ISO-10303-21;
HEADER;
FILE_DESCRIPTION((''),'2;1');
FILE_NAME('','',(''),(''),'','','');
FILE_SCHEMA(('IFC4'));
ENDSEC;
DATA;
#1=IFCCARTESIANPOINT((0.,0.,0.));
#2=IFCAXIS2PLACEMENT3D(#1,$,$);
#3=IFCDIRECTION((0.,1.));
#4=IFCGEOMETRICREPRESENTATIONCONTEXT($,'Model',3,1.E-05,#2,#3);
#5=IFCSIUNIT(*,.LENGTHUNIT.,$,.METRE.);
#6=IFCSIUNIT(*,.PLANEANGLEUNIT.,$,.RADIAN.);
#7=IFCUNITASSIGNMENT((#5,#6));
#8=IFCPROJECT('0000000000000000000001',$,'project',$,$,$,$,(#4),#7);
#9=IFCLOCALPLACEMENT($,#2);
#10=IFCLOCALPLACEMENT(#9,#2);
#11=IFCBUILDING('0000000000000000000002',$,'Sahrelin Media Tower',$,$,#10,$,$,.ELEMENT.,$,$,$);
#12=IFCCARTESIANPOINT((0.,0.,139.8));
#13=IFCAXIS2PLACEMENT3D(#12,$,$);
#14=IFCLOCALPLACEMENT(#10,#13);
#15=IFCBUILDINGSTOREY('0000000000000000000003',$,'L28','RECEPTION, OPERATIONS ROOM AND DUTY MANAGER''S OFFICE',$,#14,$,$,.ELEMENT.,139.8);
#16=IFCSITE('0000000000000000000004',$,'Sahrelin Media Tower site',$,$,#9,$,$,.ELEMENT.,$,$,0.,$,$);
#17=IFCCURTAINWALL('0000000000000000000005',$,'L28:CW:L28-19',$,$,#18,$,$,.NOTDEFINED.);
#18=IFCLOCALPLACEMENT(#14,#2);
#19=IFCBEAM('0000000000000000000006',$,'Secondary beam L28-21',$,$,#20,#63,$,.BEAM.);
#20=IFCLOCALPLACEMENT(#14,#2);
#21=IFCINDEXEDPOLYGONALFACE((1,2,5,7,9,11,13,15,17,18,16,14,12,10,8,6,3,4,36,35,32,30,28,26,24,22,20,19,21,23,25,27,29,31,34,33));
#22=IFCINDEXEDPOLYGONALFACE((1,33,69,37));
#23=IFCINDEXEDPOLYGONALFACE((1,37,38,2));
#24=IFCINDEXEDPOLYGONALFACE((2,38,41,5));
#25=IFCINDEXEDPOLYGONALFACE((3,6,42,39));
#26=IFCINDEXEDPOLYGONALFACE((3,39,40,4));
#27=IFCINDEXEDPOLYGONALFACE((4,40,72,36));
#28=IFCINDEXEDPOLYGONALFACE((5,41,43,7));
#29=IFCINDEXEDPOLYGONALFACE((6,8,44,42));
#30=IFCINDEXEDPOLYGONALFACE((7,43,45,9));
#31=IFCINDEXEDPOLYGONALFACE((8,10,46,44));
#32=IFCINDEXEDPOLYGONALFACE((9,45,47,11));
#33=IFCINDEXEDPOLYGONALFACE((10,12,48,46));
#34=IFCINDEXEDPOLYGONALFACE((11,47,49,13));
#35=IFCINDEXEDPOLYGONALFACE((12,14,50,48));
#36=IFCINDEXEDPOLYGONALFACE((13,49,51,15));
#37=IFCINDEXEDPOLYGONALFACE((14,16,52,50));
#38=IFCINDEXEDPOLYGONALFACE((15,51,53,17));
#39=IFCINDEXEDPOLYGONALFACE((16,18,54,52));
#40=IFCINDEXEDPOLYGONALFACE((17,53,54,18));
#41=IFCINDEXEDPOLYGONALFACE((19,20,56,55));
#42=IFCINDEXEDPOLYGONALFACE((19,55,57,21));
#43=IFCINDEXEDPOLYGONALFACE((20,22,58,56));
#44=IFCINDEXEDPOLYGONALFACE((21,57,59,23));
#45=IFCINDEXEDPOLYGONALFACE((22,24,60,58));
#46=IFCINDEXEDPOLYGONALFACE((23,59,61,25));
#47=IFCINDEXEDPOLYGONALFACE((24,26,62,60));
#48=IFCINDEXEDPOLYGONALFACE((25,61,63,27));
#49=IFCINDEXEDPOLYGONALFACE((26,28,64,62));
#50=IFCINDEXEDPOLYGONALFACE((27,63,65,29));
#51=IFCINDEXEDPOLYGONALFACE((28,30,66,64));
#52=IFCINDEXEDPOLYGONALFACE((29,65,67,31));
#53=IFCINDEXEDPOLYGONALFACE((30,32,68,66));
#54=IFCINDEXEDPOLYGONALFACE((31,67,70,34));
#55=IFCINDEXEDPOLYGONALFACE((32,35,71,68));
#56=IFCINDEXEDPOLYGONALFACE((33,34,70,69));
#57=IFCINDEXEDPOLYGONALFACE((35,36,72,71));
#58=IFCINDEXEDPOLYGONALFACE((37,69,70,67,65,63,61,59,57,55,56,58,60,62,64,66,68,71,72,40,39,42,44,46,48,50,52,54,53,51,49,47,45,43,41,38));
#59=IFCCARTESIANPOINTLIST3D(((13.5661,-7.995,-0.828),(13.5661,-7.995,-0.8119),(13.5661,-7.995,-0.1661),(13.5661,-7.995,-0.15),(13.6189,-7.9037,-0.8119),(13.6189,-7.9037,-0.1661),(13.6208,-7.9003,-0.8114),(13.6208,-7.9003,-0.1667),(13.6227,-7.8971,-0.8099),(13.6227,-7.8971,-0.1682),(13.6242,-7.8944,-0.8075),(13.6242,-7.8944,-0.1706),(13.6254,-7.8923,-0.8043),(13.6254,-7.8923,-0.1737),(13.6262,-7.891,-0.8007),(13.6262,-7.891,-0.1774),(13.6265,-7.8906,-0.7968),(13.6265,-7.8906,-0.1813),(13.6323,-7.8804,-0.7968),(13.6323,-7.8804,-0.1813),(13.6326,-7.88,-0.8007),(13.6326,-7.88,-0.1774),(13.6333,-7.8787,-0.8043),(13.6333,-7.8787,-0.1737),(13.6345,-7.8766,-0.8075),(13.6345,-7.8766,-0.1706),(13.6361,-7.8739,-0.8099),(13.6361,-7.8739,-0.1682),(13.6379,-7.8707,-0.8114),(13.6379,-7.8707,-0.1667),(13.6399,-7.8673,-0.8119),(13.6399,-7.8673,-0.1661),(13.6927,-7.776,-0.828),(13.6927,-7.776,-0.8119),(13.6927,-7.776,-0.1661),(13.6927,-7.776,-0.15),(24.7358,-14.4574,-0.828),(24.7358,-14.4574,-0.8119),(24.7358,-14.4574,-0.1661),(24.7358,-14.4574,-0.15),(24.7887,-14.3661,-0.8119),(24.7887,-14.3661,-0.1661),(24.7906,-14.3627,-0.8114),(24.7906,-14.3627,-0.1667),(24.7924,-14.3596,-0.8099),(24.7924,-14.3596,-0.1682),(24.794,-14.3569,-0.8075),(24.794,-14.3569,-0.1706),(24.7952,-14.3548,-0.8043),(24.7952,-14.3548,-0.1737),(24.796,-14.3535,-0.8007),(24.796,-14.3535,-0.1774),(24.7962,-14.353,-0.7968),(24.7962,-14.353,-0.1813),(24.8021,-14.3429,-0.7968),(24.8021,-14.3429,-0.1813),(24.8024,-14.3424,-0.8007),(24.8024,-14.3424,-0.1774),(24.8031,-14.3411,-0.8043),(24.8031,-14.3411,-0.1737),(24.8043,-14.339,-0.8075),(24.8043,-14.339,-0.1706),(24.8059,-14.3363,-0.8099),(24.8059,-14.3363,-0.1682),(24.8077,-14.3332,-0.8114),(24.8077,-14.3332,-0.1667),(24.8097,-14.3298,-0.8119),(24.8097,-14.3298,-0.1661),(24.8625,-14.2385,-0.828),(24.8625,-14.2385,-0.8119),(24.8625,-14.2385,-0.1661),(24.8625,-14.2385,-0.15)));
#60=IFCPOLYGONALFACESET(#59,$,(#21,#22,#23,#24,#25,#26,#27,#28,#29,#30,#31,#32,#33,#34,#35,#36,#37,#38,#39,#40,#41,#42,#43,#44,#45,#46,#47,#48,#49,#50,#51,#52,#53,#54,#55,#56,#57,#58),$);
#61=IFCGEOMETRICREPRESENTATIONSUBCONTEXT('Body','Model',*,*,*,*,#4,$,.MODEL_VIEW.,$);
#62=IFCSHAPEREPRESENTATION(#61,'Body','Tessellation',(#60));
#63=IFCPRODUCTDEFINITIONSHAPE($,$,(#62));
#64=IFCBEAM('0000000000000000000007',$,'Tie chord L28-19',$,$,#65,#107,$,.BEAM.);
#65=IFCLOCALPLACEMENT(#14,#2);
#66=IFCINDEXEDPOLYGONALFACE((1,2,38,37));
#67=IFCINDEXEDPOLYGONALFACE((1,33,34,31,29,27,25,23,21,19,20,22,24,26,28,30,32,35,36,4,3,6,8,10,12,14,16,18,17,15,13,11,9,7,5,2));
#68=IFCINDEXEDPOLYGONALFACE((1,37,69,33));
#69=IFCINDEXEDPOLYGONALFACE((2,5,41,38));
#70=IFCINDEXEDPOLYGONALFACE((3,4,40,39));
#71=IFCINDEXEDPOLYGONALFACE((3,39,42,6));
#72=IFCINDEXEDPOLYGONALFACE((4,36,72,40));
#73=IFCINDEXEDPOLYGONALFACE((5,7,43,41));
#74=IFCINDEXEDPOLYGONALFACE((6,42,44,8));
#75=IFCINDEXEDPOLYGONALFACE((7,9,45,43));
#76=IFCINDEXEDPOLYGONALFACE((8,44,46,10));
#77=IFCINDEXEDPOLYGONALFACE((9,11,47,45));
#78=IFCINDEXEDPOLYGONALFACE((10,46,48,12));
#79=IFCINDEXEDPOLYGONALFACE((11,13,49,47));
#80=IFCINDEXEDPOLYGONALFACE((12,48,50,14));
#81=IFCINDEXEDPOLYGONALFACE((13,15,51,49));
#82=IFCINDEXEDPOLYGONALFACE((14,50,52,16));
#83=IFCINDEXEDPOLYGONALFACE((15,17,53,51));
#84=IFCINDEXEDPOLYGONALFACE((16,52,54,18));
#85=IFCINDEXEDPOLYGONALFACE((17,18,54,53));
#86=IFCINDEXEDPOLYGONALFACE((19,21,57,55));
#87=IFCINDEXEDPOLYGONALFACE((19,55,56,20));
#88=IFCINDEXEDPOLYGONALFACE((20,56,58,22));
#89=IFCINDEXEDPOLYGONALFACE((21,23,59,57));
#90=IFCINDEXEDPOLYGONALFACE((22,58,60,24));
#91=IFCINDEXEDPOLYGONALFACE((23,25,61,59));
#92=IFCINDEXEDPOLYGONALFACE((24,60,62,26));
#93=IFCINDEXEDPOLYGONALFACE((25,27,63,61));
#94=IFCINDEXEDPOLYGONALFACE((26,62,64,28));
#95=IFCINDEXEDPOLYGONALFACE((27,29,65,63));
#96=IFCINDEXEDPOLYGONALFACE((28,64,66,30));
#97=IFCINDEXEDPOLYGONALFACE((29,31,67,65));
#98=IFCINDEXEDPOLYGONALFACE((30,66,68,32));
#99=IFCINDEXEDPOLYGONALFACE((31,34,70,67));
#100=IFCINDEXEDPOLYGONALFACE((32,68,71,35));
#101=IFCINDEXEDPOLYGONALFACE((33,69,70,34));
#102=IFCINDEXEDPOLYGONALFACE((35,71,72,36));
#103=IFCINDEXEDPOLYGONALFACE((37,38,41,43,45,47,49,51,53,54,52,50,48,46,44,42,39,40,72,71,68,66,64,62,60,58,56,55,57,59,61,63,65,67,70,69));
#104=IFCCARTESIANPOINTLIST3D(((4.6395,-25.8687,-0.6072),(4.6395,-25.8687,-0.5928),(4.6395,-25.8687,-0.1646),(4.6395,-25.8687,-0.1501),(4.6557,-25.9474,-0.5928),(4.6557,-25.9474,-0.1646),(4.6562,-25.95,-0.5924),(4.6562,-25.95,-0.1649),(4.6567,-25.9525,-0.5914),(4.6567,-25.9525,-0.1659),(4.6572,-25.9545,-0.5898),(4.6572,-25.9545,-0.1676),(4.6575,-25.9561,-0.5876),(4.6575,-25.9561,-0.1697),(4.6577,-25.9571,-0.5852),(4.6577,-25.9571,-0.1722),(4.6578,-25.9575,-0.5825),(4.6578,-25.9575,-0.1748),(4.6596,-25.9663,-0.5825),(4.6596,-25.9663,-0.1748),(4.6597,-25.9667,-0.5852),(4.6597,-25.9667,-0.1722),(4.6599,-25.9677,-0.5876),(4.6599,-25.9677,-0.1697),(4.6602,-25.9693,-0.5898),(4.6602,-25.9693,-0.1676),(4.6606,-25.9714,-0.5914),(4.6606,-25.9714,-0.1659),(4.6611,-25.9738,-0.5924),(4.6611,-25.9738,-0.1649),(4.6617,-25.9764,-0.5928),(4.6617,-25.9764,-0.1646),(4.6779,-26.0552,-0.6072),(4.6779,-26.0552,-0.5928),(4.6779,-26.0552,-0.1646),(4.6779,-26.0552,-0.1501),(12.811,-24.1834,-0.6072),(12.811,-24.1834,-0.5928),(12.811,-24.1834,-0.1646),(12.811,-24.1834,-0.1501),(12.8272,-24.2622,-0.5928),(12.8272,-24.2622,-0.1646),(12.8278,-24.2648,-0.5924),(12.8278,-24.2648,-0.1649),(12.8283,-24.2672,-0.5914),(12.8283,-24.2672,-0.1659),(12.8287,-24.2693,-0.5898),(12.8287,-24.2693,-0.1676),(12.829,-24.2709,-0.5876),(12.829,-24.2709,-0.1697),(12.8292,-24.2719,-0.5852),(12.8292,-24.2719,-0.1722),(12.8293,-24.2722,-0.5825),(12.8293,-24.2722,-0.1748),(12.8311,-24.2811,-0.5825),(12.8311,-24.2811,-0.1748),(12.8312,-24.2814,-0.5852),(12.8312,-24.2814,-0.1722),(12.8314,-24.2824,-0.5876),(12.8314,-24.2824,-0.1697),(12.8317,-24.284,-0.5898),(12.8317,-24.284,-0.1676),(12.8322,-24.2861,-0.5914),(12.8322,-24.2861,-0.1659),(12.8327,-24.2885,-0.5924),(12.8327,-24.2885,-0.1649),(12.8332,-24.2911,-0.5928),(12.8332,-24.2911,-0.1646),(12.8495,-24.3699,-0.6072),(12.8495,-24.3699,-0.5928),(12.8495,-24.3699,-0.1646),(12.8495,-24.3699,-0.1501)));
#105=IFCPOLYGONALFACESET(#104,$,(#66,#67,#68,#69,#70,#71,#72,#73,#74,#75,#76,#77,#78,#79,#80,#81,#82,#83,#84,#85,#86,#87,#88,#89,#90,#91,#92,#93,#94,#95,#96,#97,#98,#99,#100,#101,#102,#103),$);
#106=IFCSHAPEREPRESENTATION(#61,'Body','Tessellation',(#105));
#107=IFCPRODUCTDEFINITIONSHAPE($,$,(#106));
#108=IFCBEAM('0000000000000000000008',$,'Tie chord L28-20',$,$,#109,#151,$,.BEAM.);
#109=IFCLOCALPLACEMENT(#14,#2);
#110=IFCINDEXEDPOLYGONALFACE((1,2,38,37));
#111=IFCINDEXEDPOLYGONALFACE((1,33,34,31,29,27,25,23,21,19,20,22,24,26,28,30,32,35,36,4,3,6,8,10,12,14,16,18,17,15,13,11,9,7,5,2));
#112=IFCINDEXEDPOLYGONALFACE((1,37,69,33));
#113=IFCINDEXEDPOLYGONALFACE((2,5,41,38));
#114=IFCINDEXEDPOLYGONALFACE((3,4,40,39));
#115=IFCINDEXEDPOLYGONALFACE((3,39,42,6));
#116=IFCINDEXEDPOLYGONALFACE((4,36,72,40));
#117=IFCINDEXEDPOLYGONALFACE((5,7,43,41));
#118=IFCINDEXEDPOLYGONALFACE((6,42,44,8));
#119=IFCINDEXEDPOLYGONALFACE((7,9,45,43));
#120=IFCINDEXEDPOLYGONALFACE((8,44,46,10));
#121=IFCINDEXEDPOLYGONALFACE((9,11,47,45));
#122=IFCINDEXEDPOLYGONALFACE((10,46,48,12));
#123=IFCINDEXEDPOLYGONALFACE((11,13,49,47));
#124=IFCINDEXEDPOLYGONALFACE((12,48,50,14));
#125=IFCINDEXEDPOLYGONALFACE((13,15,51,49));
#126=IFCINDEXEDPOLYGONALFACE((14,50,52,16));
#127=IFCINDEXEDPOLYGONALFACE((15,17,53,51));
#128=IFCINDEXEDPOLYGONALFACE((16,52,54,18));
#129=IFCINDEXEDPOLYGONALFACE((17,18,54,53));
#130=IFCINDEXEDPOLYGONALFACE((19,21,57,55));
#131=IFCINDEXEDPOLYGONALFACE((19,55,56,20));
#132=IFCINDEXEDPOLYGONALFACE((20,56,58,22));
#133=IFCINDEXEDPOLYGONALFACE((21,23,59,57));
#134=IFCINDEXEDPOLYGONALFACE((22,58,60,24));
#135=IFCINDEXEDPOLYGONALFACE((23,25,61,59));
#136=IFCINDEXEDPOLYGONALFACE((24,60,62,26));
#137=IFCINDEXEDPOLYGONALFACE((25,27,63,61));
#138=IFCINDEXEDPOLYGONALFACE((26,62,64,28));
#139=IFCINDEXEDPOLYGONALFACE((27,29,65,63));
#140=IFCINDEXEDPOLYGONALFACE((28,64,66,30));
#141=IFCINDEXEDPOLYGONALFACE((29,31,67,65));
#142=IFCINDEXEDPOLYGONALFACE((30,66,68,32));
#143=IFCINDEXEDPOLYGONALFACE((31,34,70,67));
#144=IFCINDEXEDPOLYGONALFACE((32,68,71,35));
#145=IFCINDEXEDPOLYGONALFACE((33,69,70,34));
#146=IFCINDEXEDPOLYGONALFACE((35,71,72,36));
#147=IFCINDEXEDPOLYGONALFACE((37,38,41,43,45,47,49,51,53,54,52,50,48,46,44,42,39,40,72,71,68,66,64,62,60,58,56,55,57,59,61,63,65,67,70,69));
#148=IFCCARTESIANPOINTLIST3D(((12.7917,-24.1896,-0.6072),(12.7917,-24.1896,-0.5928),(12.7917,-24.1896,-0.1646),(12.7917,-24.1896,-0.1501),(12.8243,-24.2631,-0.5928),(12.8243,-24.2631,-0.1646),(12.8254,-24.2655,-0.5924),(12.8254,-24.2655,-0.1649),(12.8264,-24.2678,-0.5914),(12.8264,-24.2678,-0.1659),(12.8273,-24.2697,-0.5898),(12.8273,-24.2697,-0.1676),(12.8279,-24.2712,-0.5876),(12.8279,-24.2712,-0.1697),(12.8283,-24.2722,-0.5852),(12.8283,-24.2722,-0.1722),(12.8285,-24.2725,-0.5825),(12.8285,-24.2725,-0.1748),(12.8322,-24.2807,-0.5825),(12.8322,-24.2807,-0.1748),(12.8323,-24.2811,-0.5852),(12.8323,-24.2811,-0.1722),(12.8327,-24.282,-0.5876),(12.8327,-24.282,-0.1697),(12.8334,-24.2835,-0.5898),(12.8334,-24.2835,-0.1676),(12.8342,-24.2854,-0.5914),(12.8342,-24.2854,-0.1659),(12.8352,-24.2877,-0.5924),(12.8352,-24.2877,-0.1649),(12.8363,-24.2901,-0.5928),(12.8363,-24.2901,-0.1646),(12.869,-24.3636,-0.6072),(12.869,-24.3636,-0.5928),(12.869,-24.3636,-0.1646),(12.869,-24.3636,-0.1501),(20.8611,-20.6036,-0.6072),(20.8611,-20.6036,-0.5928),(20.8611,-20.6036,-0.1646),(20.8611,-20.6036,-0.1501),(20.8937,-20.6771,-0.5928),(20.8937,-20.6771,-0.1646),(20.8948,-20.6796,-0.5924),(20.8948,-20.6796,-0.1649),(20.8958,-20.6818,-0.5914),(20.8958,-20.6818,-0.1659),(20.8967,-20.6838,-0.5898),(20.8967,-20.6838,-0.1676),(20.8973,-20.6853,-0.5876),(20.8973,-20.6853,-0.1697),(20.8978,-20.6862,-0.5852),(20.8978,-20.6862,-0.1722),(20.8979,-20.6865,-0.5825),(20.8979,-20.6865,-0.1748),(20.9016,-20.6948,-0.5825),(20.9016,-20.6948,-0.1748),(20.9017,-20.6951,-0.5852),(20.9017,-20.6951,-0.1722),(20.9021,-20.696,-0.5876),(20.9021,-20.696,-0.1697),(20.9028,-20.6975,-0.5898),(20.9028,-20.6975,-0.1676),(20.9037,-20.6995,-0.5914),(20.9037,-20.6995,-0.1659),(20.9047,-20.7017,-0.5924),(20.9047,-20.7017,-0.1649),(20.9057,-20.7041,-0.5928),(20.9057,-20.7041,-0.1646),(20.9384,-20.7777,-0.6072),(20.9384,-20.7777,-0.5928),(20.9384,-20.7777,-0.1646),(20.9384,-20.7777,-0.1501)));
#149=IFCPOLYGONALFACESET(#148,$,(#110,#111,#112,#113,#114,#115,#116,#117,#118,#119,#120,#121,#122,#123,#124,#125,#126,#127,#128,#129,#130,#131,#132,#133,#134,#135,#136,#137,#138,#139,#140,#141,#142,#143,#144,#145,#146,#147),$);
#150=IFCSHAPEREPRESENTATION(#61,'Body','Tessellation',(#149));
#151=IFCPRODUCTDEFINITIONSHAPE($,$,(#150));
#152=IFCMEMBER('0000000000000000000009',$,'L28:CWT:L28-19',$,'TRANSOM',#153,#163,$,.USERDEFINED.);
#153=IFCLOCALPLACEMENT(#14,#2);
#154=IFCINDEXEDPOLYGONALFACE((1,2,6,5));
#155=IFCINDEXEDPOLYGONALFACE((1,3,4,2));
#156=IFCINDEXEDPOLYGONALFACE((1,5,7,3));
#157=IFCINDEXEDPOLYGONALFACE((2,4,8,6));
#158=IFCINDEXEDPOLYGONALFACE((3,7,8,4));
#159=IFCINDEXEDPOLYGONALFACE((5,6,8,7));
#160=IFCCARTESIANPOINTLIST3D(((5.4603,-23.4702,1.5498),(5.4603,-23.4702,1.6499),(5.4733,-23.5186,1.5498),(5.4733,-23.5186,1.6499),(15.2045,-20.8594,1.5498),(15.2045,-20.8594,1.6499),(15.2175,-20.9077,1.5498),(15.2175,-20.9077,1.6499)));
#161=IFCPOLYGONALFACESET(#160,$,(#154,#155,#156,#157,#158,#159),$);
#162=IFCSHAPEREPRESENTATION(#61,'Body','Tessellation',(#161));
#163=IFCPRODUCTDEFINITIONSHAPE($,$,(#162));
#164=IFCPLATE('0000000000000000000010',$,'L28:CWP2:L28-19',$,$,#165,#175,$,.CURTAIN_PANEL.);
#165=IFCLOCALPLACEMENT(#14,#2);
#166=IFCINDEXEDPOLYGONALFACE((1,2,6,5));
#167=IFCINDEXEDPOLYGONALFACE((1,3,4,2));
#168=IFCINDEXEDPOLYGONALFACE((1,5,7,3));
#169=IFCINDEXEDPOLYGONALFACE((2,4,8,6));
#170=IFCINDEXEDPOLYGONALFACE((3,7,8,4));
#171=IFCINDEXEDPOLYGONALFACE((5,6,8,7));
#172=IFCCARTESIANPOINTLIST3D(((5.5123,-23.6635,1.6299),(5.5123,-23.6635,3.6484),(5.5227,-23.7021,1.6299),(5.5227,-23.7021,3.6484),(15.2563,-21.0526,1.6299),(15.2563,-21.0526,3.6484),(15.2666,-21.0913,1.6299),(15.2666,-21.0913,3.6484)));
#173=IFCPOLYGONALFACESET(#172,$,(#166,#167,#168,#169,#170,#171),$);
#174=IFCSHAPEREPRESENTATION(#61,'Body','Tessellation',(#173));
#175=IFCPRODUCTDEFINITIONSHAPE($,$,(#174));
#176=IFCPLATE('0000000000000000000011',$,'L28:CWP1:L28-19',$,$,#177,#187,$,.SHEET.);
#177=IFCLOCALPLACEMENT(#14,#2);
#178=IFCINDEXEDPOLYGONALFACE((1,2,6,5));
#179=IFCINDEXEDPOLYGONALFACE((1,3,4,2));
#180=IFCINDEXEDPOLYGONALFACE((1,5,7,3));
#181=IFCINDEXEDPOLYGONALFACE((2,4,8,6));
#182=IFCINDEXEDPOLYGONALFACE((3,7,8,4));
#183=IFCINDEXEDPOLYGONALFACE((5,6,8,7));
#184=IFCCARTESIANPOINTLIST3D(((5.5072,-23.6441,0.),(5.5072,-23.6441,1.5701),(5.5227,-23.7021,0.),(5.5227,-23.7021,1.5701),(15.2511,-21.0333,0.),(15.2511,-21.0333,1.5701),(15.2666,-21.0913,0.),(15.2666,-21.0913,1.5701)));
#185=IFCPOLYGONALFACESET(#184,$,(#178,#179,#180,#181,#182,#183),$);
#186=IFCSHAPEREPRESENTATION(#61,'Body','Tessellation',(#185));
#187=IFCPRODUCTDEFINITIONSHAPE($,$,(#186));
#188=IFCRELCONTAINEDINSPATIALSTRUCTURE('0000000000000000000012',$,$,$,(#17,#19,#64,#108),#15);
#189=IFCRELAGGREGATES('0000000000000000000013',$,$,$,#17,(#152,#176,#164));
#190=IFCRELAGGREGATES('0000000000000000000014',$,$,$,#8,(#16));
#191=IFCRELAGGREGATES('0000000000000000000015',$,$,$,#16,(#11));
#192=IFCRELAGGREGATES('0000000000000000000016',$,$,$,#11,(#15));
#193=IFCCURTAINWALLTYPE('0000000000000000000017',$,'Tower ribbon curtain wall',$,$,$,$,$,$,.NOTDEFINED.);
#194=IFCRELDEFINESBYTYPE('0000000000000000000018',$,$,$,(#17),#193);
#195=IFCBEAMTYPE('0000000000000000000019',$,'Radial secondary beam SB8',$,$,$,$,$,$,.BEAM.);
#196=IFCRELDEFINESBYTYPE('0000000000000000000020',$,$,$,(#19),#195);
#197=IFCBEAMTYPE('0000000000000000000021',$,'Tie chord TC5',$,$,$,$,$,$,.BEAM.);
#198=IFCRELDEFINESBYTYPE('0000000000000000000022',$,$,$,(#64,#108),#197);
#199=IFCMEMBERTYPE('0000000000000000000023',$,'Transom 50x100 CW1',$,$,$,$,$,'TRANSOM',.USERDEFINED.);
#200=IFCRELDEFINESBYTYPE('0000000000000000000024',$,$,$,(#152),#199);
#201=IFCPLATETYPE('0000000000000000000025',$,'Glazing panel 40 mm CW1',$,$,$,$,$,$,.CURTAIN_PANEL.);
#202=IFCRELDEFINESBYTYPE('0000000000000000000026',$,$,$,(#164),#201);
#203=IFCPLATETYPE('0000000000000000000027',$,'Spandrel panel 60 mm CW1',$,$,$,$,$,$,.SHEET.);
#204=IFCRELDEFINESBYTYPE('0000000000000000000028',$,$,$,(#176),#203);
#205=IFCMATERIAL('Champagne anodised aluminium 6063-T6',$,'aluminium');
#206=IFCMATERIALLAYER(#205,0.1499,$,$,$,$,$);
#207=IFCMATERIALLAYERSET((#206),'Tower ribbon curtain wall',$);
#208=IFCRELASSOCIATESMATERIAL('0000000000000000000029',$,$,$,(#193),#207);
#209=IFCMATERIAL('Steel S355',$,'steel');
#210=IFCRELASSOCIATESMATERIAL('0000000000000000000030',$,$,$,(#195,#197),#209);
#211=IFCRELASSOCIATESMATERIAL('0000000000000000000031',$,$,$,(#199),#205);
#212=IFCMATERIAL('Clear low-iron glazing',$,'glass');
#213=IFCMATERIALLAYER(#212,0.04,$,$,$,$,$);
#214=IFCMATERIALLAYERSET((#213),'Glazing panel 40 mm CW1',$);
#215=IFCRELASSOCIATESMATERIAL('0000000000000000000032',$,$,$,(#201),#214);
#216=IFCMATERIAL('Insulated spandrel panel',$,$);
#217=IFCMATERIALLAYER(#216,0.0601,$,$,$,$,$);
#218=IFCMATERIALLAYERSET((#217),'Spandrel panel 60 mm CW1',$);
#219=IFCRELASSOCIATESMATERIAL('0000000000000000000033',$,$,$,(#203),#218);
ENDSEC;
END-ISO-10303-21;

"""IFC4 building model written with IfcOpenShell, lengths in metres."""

from ifc_helpers import new_model, si_unit, direction, frame, origin, origin_2d, place, context, subcontext, project, spatial, polyline, rectangle, i_section, outline, extrude, material, layer, layer_set, material_profile, profile_set, type_object, element, aggregate, save


model = new_model("IFC4")

# Units and contexts
model_context = context("Model", 3, precision=1e-05, world=origin(), true_north=direction((0.0, 1.0)))
body_context = subcontext(model_context, "Body", "Model", "MODEL_VIEW")
ifc_project = project(units=[si_unit("LENGTHUNIT", "METRE"), si_unit("PLANEANGLEUNIT", "RADIAN")], contexts=[model_context])

# Site, building, storey
site_placement = place(None, origin())
site = spatial("IfcSite", under=ifc_project, at=site_placement, Name="Sahrelin Media Tower site", CompositionType="ELEMENT", RefElevation=0.0)
building_placement = place(site_placement, origin())
building = spatial("IfcBuilding", under=site, at=building_placement, Name="Sahrelin Media Tower", CompositionType="ELEMENT")
storey_placement = place(building_placement, frame((0.0, 0.0, 139.8)))
storey = spatial("IfcBuildingStorey", under=building, at=storey_placement, Name="L28", Description="RECEPTION, OPERATIONS ROOM AND DUTY MANAGER'S OFFICE", CompositionType="ELEMENT", Elevation=139.8)

# Shared definitions
ifc_material_1 = material(Name="Steel S355", Category="steel")

# Curtain wall
ifc_material_2 = material(Name="Champagne anodised aluminium 6063-T6", Category="aluminium")
ifc_layer_1 = layer(ifc_material_2, 0.1499)
ifc_layer_set_1 = layer_set([ifc_layer_1], Name="Tower ribbon curtain wall")
curtain_wall_type = type_object("IfcCurtainWallType", Name="Tower ribbon curtain wall", PredefinedType="NOTDEFINED", material=ifc_layer_set_1)
curtain_wall_placement = place(storey_placement, frame((10.3894, -22.3772, 0.0), z_axis=(0.0, 0.0, 1.0), x_axis=(1.0, 0.0, 0.0)))
curtain_wall = element("IfcCurtainWall", 1, at=curtain_wall_placement, inside=storey, type_object=curtain_wall_type, Name="L28:CW:L28-19", PredefinedType="NOTDEFINED")

# Beams
ifc_material_profile_1 = material_profile(ifc_material_1, i_section(OverallWidth=0.2529, OverallDepth=0.678, WebThickness=0.0117, FlangeThickness=0.0161, FilletRadius=0.0151, at=origin_2d()), Name="UB 686x254x125")
ifc_profile_set_1 = profile_set([ifc_material_profile_1], Name="Steel S355")
beam_type_1 = type_object("IfcBeamType", Name="Radial secondary beam SB8", PredefinedType="BEAM", material=ifc_profile_set_1)
beam_1_placement = place(storey_placement, frame((13.6294, -7.8855, -0.489), z_axis=(0.865569, -0.500789, 0.0), x_axis=(0.500789, 0.865569, 0.0)))
element("IfcBeam", 2, at=beam_1_placement, inside=storey, type_object=beam_type_1, Name="Secondary beam L28-21", PredefinedType="BEAM", context=body_context, shape_type="SweptSolid", body=[
    extrude(i_section(OverallWidth=0.2529, OverallDepth=0.678, WebThickness=0.0117, FlangeThickness=0.0161, FilletRadius=0.0151, at=origin_2d()), origin(), (0.0, 0.0, 1.0), 12.9045),
])
ifc_material_profile_2 = material_profile(ifc_material_1, i_section(OverallWidth=0.1904, OverallDepth=0.457, WebThickness=0.009, FlangeThickness=0.0144, FilletRadius=0.0103, at=origin_2d()), Name="UB 457x191x74")
ifc_profile_set_2 = profile_set([ifc_material_profile_2], Name="Steel S355")
beam_type_2 = type_object("IfcBeamType", Name="Tie chord TC5", PredefinedType="BEAM", material=ifc_profile_set_2)
beam_2_placement = place(storey_placement, frame((4.6587, -25.9619, -0.3787), z_axis=(0.979388, 0.201987, 0.0), x_axis=(-0.201987, 0.979388, 0.0)))
element("IfcBeam", 3, at=beam_2_placement, inside=storey, type_object=beam_type_2, Name="Tie chord L28-19", PredefinedType="BEAM", context=body_context, shape_type="SweptSolid", body=[
    extrude(i_section(OverallWidth=0.1904, OverallDepth=0.457, WebThickness=0.009, FlangeThickness=0.0144, FilletRadius=0.0103, at=origin_2d()), origin(), (0.0, 0.0, 1.0), 8.3435),
])
beam_3_placement = place(storey_placement, frame((12.8303, -24.2766, -0.3787), z_axis=(0.91383, 0.406097, 0.0), x_axis=(-0.406097, 0.91383, 0.0)))
element("IfcBeam", 4, at=beam_3_placement, inside=storey, type_object=beam_type_2, Name="Tie chord L28-20", PredefinedType="BEAM", context=body_context, shape_type="SweptSolid", body=[
    extrude(i_section(OverallWidth=0.1904, OverallDepth=0.457, WebThickness=0.009, FlangeThickness=0.0144, FilletRadius=0.0103, at=origin_2d()), origin(), (0.0, 0.0, 1.0), 8.8303),
])

# Member
ifc_material_profile_3 = material_profile(ifc_material_2, rectangle(XDim=0.05, YDim=0.1001, at=origin_2d()), Name="Transom 50x100")
ifc_profile_set_3 = profile_set([ifc_material_profile_3], Name="Champagne anodised aluminium 6063-T6")
member_type_1 = type_object("IfcMemberType", Name="Transom 50x100 CW1", ElementType="TRANSOM", PredefinedType="USERDEFINED", material=ifc_profile_set_3)
member_1_placement = place(storey_placement, frame((5.4668, -23.4944, 1.5999), z_axis=(0.965928, 0.25881, 0.0), x_axis=(-0.25881, 0.965928, 0.0)))
member_1 = element("IfcMember", 5, at=member_1_placement, type_object=member_type_1, Name="L28:CWT:L28-19", ObjectType="TRANSOM", PredefinedType="USERDEFINED", context=body_context, shape_type="SweptSolid", body=[
    extrude(rectangle(XDim=0.05, YDim=0.1001, at=origin_2d()), origin(), (0.0, 0.0, 1.0), 10.0879),
])

# Plates
ifc_material_3 = material(Name="Clear low-iron glazing", Category="glass")
ifc_layer_2 = layer(ifc_material_3, 0.04)
ifc_layer_set_2 = layer_set([ifc_layer_2], Name="Glazing panel 40 mm CW1")
plate_type_1 = type_object("IfcPlateType", Name="Glazing panel 40 mm CW1", PredefinedType="CURTAIN_PANEL", material=ifc_layer_set_2)
plate_1_placement = place(storey_placement, frame((5.5227, -23.7021, 1.6299), z_axis=(0.258816, -0.965927, 0.0), x_axis=(0.965927, 0.258816, 0.0)))
plate_1 = element("IfcPlate", 6, at=plate_1_placement, type_object=plate_type_1, Name="L28:CWP2:L28-19", PredefinedType="CURTAIN_PANEL", context=body_context, shape_type="SweptSolid", body=[
    extrude(outline(polyline([(0.0, 0.0), (10.0876, 0.0), (10.0876, 2.0186), (0.0, 2.0186), (0.0, 0.0)])), origin(), (0.0, 0.0, -1.0), 0.04),
])
ifc_material_4 = material(Name="Insulated spandrel panel")
ifc_layer_3 = layer(ifc_material_4, 0.0601)
ifc_layer_set_3 = layer_set([ifc_layer_3], Name="Spandrel panel 60 mm CW1")
plate_type_2 = type_object("IfcPlateType", Name="Spandrel panel 60 mm CW1", PredefinedType="SHEET", material=ifc_layer_set_3)
plate_2_placement = place(storey_placement, frame((5.5227, -23.7021, 0.0), z_axis=(0.258816, -0.965927, 0.0), x_axis=(0.965927, 0.258816, 0.0)))
plate_2 = element("IfcPlate", 7, at=plate_2_placement, type_object=plate_type_2, Name="L28:CWP1:L28-19", PredefinedType="SHEET", context=body_context, shape_type="SweptSolid", body=[
    extrude(outline(polyline([(0.0, 0.0), (10.0876, 0.0), (10.0876, 1.5701), (0.0, 1.5701), (0.0, 0.0)])), origin(), (0.0, 0.0, -1.0), 0.0601),
])
aggregate(curtain_wall, [member_1, plate_2, plate_1])

save(model, "model.ifc")
